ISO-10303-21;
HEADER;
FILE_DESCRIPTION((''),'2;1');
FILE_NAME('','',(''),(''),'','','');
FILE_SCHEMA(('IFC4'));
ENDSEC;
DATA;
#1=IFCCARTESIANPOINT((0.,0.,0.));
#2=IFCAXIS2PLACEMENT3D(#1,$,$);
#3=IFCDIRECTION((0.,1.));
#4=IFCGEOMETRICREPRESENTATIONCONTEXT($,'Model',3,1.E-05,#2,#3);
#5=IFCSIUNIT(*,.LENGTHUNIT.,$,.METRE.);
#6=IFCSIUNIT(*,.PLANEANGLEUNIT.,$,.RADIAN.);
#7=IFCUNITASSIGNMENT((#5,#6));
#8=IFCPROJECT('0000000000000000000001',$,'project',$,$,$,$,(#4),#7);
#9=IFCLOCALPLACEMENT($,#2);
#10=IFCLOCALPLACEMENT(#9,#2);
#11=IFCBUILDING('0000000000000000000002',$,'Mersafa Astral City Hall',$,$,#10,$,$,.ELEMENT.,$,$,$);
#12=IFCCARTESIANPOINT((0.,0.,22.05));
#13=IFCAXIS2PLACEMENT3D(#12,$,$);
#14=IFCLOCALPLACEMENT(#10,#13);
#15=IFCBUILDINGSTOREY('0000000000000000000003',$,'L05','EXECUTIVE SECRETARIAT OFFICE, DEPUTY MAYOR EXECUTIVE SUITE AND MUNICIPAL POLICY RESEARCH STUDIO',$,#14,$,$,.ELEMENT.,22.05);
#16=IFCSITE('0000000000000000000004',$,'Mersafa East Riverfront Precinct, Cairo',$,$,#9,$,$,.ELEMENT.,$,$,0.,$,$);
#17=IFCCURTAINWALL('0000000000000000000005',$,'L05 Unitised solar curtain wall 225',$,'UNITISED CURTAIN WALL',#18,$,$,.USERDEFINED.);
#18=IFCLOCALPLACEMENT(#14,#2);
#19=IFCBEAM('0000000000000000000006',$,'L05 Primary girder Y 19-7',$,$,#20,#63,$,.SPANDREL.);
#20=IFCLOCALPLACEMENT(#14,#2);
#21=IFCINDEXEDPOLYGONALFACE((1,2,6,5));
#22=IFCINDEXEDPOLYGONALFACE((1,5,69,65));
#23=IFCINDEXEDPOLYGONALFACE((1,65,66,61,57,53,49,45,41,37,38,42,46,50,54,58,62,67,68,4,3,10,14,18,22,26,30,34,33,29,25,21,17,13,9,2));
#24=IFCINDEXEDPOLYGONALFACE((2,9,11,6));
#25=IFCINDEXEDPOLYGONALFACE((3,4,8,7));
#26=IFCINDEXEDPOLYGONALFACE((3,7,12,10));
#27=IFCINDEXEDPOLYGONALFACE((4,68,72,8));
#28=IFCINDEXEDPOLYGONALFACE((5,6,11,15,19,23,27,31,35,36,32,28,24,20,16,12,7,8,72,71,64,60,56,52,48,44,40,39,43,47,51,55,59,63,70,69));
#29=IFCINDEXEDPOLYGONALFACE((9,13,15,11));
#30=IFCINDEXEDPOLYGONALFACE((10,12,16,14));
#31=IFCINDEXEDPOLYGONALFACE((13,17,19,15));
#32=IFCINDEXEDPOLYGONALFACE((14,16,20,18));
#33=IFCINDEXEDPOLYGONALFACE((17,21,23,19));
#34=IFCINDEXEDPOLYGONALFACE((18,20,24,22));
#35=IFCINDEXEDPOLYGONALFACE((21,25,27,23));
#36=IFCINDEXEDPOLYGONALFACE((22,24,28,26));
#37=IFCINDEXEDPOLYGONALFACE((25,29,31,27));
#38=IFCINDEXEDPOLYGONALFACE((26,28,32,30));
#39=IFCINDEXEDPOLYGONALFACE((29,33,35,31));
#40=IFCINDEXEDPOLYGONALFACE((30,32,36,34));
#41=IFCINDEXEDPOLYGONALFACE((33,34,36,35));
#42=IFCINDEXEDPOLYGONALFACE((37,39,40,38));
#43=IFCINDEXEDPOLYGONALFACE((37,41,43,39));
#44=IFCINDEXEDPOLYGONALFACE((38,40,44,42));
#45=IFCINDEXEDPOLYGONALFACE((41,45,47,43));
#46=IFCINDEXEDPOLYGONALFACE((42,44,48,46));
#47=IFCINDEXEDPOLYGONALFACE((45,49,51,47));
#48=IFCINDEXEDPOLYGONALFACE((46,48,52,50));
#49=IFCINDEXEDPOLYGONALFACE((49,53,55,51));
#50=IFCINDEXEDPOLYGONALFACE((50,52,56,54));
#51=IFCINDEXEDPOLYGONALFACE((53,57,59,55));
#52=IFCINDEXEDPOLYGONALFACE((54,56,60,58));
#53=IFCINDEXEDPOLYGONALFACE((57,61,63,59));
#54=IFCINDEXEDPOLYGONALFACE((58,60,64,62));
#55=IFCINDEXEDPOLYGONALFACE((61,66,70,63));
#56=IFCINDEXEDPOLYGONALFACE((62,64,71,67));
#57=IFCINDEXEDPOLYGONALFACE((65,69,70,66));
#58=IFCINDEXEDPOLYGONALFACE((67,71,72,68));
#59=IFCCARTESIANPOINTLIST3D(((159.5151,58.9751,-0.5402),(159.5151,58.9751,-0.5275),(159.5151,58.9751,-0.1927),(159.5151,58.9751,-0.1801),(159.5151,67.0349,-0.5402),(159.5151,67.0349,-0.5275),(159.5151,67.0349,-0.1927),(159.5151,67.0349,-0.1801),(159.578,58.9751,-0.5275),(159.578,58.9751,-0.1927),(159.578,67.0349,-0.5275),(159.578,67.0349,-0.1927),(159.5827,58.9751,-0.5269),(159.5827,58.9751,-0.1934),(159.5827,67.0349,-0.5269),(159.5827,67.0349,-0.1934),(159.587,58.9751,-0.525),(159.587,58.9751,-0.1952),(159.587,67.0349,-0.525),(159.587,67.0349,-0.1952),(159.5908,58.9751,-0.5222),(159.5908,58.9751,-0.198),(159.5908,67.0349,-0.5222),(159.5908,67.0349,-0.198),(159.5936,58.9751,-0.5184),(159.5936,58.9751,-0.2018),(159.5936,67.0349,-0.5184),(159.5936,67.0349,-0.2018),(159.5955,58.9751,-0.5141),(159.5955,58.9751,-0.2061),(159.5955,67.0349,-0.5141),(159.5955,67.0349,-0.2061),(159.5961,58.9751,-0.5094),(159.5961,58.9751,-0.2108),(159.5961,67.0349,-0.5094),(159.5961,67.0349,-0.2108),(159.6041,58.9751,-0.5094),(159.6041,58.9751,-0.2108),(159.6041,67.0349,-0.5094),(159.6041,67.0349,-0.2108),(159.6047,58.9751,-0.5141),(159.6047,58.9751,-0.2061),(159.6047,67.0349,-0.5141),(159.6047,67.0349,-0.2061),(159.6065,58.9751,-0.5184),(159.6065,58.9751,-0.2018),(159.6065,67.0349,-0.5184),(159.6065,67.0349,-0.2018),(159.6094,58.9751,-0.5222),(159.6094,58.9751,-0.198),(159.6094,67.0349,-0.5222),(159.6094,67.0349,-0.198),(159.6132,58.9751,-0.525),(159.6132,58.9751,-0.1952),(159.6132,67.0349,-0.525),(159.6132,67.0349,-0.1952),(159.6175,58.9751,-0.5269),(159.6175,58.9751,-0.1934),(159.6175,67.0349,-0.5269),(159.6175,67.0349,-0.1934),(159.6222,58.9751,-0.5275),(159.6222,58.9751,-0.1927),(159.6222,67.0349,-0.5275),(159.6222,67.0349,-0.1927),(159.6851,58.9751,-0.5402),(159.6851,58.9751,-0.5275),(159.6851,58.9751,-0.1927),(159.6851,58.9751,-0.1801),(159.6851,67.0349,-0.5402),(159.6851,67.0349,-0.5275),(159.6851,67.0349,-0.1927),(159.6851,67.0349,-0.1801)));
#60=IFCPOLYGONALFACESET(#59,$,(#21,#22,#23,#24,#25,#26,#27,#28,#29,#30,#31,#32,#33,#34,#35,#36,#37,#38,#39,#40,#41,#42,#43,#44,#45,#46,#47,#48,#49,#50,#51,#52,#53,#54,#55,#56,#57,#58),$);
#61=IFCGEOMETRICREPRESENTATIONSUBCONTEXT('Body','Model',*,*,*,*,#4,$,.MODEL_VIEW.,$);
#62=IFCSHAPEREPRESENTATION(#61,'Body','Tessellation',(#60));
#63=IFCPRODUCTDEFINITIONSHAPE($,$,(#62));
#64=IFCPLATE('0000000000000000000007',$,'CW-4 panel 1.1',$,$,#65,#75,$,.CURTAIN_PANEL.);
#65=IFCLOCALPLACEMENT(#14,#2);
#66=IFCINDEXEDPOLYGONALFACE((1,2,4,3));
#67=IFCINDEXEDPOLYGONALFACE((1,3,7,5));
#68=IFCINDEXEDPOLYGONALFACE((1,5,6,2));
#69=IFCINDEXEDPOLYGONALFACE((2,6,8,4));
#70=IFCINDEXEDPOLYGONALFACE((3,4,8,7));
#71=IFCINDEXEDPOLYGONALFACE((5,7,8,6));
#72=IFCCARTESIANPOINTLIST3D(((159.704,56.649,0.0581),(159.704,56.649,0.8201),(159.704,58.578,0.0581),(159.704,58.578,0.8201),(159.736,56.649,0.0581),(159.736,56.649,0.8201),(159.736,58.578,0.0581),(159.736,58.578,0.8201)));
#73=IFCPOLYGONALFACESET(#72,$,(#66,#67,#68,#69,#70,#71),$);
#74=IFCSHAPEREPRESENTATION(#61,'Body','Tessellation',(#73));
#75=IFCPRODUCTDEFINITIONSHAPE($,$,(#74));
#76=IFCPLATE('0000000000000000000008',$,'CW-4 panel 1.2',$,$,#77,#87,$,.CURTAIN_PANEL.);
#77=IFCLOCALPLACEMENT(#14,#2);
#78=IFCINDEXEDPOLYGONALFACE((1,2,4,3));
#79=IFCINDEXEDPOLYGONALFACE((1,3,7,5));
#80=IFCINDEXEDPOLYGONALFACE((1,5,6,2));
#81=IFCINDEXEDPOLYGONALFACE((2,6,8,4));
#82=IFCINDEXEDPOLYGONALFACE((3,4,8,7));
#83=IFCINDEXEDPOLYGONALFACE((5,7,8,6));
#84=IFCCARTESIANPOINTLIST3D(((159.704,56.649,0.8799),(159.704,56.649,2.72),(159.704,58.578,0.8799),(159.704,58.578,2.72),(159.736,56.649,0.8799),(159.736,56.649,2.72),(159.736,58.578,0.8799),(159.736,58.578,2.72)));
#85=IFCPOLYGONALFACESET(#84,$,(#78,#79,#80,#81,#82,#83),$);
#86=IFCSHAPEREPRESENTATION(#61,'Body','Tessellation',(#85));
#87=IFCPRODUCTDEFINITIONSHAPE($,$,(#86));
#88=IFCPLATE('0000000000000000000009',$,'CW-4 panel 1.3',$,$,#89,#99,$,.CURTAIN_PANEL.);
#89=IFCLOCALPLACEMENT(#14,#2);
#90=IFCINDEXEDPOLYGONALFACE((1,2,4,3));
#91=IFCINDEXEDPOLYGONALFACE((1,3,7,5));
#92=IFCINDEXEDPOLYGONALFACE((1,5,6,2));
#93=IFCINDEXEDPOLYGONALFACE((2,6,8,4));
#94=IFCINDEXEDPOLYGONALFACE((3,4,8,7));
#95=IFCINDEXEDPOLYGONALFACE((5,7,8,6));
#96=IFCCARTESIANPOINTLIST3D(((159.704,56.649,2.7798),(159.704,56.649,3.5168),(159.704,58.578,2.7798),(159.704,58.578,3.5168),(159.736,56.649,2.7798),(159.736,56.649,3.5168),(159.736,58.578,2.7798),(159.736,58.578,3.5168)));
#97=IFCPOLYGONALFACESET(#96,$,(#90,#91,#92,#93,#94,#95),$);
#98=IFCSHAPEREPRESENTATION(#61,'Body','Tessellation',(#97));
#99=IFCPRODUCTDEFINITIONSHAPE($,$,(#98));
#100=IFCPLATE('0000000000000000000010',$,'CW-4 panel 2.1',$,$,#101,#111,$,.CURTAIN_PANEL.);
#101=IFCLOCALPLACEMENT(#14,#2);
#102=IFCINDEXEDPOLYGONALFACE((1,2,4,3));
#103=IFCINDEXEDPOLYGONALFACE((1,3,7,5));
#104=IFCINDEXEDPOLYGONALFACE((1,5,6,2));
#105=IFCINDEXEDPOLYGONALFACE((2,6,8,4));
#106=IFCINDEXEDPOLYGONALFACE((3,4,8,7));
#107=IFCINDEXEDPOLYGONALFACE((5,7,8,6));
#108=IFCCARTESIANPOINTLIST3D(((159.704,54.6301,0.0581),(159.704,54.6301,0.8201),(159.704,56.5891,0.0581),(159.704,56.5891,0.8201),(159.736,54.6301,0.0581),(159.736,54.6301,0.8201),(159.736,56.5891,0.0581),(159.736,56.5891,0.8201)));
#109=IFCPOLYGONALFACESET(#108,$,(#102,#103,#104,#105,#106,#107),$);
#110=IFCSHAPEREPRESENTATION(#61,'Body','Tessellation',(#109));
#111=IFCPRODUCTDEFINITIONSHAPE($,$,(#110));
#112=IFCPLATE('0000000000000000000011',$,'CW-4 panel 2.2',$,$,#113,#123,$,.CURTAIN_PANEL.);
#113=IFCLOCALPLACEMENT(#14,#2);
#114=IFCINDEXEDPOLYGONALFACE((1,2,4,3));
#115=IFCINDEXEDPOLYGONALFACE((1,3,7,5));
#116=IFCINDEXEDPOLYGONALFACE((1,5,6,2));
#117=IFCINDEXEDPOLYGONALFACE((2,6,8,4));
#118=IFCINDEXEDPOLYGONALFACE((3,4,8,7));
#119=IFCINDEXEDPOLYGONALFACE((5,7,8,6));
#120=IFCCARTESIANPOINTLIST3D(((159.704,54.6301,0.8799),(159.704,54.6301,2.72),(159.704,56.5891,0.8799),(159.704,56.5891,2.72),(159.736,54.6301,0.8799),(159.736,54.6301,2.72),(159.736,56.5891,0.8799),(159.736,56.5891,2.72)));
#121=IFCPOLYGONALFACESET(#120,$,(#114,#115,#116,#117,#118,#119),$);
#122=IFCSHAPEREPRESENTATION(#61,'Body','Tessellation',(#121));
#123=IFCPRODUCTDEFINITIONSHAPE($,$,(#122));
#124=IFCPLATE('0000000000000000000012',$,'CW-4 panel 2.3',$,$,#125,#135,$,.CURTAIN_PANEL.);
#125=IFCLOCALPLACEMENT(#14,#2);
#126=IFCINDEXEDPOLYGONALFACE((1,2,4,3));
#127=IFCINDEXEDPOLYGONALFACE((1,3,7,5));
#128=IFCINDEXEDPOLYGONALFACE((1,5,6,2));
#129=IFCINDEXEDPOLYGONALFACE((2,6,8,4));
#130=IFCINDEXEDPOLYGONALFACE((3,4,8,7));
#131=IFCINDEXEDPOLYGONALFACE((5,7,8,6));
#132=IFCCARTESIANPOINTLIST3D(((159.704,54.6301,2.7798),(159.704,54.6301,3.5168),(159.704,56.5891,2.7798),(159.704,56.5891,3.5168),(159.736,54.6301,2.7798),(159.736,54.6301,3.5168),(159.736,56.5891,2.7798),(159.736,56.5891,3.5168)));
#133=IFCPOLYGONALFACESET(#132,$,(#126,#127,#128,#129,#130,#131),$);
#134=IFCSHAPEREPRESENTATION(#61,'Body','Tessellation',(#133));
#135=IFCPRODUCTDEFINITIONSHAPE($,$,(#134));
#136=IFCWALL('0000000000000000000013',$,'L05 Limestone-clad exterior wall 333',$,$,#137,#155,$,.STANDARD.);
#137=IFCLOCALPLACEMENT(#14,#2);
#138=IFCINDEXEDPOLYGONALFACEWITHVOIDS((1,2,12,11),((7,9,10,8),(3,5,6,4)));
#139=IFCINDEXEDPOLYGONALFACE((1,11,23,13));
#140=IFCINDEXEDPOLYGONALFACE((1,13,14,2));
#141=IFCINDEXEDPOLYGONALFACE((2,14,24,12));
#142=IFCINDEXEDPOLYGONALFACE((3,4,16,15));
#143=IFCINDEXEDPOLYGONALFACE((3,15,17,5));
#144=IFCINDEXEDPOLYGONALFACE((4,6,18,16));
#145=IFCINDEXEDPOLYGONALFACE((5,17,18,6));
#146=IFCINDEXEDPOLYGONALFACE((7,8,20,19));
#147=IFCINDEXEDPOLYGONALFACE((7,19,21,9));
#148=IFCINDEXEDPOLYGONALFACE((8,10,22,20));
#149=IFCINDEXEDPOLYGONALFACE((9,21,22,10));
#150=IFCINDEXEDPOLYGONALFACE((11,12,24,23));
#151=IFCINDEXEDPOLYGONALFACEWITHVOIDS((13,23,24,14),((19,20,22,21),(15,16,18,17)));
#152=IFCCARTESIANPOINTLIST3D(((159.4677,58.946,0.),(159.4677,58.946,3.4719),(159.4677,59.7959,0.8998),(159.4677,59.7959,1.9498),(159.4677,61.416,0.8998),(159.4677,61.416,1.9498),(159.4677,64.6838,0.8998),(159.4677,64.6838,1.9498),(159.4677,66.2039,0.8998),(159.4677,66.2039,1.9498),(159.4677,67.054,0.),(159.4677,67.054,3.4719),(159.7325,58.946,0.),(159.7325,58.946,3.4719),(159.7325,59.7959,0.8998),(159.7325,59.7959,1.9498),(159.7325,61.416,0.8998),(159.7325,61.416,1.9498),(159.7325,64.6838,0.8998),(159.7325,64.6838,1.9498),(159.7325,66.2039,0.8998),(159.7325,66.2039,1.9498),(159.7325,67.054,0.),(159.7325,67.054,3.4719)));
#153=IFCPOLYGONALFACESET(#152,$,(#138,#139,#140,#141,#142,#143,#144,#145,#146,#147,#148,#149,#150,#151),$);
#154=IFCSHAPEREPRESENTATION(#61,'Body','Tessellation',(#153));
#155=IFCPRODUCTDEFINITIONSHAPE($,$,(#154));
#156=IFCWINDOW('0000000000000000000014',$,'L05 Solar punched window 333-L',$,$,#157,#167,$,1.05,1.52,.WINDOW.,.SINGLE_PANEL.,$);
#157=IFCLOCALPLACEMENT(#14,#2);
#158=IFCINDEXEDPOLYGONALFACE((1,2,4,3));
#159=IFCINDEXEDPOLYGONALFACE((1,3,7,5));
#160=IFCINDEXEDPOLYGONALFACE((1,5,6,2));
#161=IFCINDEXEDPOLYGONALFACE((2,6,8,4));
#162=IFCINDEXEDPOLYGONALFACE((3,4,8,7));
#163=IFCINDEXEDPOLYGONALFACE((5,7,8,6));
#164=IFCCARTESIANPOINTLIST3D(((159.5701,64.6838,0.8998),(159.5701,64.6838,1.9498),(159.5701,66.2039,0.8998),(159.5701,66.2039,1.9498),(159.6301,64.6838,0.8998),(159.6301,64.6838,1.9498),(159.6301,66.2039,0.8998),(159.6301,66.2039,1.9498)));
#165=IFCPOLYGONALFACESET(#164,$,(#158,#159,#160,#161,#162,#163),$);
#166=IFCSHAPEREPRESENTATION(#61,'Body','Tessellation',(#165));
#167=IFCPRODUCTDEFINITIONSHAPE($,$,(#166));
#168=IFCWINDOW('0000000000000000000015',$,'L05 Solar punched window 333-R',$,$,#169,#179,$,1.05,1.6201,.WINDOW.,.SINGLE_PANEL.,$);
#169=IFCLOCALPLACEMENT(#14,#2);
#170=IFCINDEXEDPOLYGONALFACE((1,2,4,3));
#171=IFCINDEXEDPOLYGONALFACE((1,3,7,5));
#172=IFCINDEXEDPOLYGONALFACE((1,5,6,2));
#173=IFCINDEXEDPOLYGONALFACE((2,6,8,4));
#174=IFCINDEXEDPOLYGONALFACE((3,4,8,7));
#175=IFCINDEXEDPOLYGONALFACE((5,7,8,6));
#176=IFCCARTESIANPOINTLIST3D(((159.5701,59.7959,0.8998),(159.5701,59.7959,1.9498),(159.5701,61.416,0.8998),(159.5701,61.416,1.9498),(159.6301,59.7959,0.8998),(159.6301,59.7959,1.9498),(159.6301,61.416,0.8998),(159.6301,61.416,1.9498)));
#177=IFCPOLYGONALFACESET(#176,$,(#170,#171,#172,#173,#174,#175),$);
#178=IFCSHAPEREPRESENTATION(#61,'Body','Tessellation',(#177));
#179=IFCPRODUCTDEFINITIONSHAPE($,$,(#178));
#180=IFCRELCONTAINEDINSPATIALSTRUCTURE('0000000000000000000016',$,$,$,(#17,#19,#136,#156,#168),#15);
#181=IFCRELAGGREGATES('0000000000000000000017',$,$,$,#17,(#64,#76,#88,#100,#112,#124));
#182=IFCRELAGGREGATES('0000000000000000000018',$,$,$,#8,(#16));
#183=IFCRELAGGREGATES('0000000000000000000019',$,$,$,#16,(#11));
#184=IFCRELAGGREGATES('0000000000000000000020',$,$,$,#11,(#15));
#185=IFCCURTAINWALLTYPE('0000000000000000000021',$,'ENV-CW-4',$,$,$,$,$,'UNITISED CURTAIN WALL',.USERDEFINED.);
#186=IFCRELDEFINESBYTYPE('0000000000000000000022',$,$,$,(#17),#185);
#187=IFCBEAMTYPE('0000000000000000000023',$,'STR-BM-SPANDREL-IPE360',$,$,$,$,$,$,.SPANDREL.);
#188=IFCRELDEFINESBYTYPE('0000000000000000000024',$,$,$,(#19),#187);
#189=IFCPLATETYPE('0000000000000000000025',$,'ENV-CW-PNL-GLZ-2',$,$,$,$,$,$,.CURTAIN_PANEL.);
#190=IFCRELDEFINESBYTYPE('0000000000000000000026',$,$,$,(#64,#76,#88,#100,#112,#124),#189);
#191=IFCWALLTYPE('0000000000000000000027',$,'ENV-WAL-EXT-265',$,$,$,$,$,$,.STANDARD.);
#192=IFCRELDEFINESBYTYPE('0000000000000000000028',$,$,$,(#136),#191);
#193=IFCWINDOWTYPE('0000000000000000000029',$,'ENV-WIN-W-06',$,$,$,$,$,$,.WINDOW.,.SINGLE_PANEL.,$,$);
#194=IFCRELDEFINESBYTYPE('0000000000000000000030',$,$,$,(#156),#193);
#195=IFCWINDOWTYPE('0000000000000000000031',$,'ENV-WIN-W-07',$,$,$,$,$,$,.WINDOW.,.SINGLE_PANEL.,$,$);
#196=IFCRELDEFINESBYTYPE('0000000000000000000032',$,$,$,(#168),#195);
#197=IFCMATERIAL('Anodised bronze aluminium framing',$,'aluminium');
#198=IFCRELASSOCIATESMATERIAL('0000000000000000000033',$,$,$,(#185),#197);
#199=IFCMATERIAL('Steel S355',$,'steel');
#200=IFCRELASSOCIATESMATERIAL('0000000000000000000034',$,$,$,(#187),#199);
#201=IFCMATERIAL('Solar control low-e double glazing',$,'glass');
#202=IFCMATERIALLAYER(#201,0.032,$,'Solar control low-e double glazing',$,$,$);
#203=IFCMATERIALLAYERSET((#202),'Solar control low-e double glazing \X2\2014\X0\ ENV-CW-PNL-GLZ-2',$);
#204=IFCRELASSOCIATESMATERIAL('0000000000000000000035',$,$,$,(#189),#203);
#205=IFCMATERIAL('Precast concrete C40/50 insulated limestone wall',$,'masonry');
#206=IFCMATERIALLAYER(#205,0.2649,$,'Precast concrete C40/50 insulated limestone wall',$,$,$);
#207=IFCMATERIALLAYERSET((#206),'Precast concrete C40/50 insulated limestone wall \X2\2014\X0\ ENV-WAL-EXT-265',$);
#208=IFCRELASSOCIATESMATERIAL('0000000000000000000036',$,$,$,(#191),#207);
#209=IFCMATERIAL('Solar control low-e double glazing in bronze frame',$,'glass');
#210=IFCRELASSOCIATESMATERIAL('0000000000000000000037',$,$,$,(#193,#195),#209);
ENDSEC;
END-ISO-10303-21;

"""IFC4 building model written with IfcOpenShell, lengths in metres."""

from ifc_helpers import new_model, si_unit, direction, frame, frame_2d, origin, origin_2d, place, context, subcontext, project, spatial, rectangle, i_section, extrude, material, layer, layer_set, material_profile, profile_set, type_object, element, fill, aggregate, save


model = new_model("IFC4")

# Units and contexts
model_context = context("Model", 3, precision=1e-05, world=origin(), true_north=direction((0.0, 1.0)))
body_context = subcontext(model_context, "Body", "Model", "MODEL_VIEW")
ifc_project = project(units=[si_unit("LENGTHUNIT", "METRE"), si_unit("PLANEANGLEUNIT", "RADIAN")], contexts=[model_context])

# Site, building, storey
site_placement = place(None, origin())
site = spatial("IfcSite", under=ifc_project, at=site_placement, Name="Mersafa East Riverfront Precinct, Cairo", CompositionType="ELEMENT", RefElevation=0.0)
building_placement = place(site_placement, origin())
building = spatial("IfcBuilding", under=site, at=building_placement, Name="Mersafa Astral City Hall", CompositionType="ELEMENT")
storey_placement = place(building_placement, frame((0.0, 0.0, 22.05)))
storey = spatial("IfcBuildingStorey", under=building, at=storey_placement, Name="L05", Description="EXECUTIVE SECRETARIAT OFFICE, DEPUTY MAYOR EXECUTIVE SUITE AND MUNICIPAL POLICY RESEARCH STUDIO", CompositionType="ELEMENT", Elevation=22.05)

# Shared definitions
ifc_material_1 = material(Name="Steel S355", Category="steel")

# Curtain wall
ifc_material_2 = material(Name="Anodised bronze aluminium framing", Category="aluminium")
curtain_wall_type = type_object("IfcCurtainWallType", Name="ENV-CW-4", ElementType="UNITISED CURTAIN WALL", PredefinedType="USERDEFINED", material=ifc_material_2)
curtain_wall_placement = place(storey_placement, origin())
curtain_wall = element("IfcCurtainWall", 1, at=curtain_wall_placement, inside=storey, type_object=curtain_wall_type, Name="L05 Unitised solar curtain wall 225", ObjectType="UNITISED CURTAIN WALL", PredefinedType="USERDEFINED")

# Beam
ifc_material_profile_1 = material_profile(ifc_material_1, i_section(OverallWidth=0.1699, OverallDepth=0.3601, WebThickness=0.0081, FlangeThickness=0.0127, FilletRadius=0.0181, at=origin_2d()), Name="IPE 360")
ifc_profile_set_1 = profile_set([ifc_material_profile_1], Name="Steel S355")
beam_type_1 = type_object("IfcBeamType", Name="STR-BM-SPANDREL-IPE360", PredefinedType="SPANDREL", material=ifc_profile_set_1)
beam_1_placement = place(storey_placement, frame((159.6001, 58.9751, -0.3601), z_axis=(0.0, 1.0, 0.0), x_axis=(-1.0, 0.0, 0.0)))
element("IfcBeam", 2, at=beam_1_placement, inside=storey, type_object=beam_type_1, Name="L05 Primary girder Y 19-7", PredefinedType="SPANDREL", context=body_context, shape_type="SweptSolid", body=[
    extrude(i_section(OverallWidth=0.1699, OverallDepth=0.3601, WebThickness=0.0081, FlangeThickness=0.0127, FilletRadius=0.0181, at=origin_2d()), origin(), (0.0, 0.0, 1.0), 8.0598),
])

# Plates
ifc_material_3 = material(Name="Solar control low-e double glazing", Category="glass")
ifc_layer_1 = layer(ifc_material_3, 0.032, Name="Solar control low-e double glazing")
ifc_layer_set_1 = layer_set([ifc_layer_1], Name="Solar control low-e double glazing — ENV-CW-PNL-GLZ-2")
plate_type = type_object("IfcPlateType", Name="ENV-CW-PNL-GLZ-2", PredefinedType="CURTAIN_PANEL", material=ifc_layer_set_1)
plate_1_placement = place(storey_placement, frame((159.72, 57.6135, 0.0581), z_axis=(0.0, 0.0, 1.0), x_axis=(0.0, -1.0, 0.0)))
plate_1 = element("IfcPlate", 3, at=plate_1_placement, type_object=plate_type, Name="CW-4 panel 1.1", PredefinedType="CURTAIN_PANEL", context=body_context, shape_type="SweptSolid", body=[
    extrude(rectangle(XDim=1.929, YDim=0.032, at=origin_2d()), origin(), (0.0, 0.0, 1.0), 0.762),
])
plate_2_placement = place(storey_placement, frame((159.72, 57.6135, 0.8799), z_axis=(0.0, 0.0, 1.0), x_axis=(0.0, -1.0, 0.0)))
plate_2 = element("IfcPlate", 4, at=plate_2_placement, type_object=plate_type, Name="CW-4 panel 1.2", PredefinedType="CURTAIN_PANEL", context=body_context, shape_type="SweptSolid", body=[
    extrude(rectangle(XDim=1.929, YDim=0.032, at=origin_2d()), origin(), (0.0, 0.0, 1.0), 1.8401),
])
plate_3_placement = place(storey_placement, frame((159.72, 57.6135, 2.7798), z_axis=(0.0, 0.0, 1.0), x_axis=(0.0, -1.0, 0.0)))
plate_3 = element("IfcPlate", 5, at=plate_3_placement, type_object=plate_type, Name="CW-4 panel 1.3", PredefinedType="CURTAIN_PANEL", context=body_context, shape_type="SweptSolid", body=[
    extrude(rectangle(XDim=1.929, YDim=0.032, at=origin_2d()), origin(), (0.0, 0.0, 1.0), 0.7371),
])
plate_4_placement = place(storey_placement, frame((159.72, 55.6096, 0.0581), z_axis=(0.0, 0.0, 1.0), x_axis=(0.0, -1.0, 0.0)))
plate_4 = element("IfcPlate", 6, at=plate_4_placement, type_object=plate_type, Name="CW-4 panel 2.1", PredefinedType="CURTAIN_PANEL", context=body_context, shape_type="SweptSolid", body=[
    extrude(rectangle(XDim=1.959, YDim=0.032, at=origin_2d()), origin(), (0.0, 0.0, 1.0), 0.762),
])
plate_5_placement = place(storey_placement, frame((159.72, 55.6096, 0.8799), z_axis=(0.0, 0.0, 1.0), x_axis=(0.0, -1.0, 0.0)))
plate_5 = element("IfcPlate", 7, at=plate_5_placement, type_object=plate_type, Name="CW-4 panel 2.2", PredefinedType="CURTAIN_PANEL", context=body_context, shape_type="SweptSolid", body=[
    extrude(rectangle(XDim=1.959, YDim=0.032, at=origin_2d()), origin(), (0.0, 0.0, 1.0), 1.8401),
])
plate_6_placement = place(storey_placement, frame((159.72, 55.6096, 2.7798), z_axis=(0.0, 0.0, 1.0), x_axis=(0.0, -1.0, 0.0)))
plate_6 = element("IfcPlate", 8, at=plate_6_placement, type_object=plate_type, Name="CW-4 panel 2.3", PredefinedType="CURTAIN_PANEL", context=body_context, shape_type="SweptSolid", body=[
    extrude(rectangle(XDim=1.959, YDim=0.032, at=origin_2d()), origin(), (0.0, 0.0, 1.0), 0.7371),
])
aggregate(curtain_wall, [plate_1, plate_2, plate_3, plate_4, plate_5, plate_6])

# Wall, openings, windows
ifc_material_4 = material(Name="Precast concrete C40/50 insulated limestone wall", Category="masonry")
ifc_layer_2 = layer(ifc_material_4, 0.2649, Name="Precast concrete C40/50 insulated limestone wall")
ifc_layer_set_2 = layer_set([ifc_layer_2], Name="Precast concrete C40/50 insulated limestone wall — ENV-WAL-EXT-265")
wall_type = type_object("IfcWallType", Name="ENV-WAL-EXT-265", PredefinedType="STANDARD", material=ifc_layer_set_2)
wall_placement = place(storey_placement, frame((159.6001, 67.054, 0.0), z_axis=(0.0, 0.0, 1.0), x_axis=(0.0, -1.0, 0.0)))
wall = element("IfcWall", 9, at=wall_placement, inside=storey, type_object=wall_type, Name="L05 Limestone-clad exterior wall 333", PredefinedType="STANDARD", context=body_context, shape_type="SweptSolid", body=[
    extrude(rectangle(XDim=8.1079, YDim=0.2649, at=frame_2d((4.054, 0.0))), origin(), (0.0, 0.0, 1.0), 3.4719),
])
opening_1_placement = place(wall_placement, frame((0.8501, 0.0, 0.8999)))
opening_1 = element("IfcOpeningElement", 10, at=opening_1_placement, cuts=wall, PredefinedType="OPENING", context=body_context, shape_type="SweptSolid", body=[
    extrude(rectangle(XDim=1.52, YDim=1.05, at=frame_2d((0.76, 0.5249))), frame((0.0, 0.1423, 0.0), z_axis=(0.0, -1.0, 0.0), x_axis=(1.0, 0.0, 0.0)), (0.0, 0.0, 1.0), 0.2849),
])
opening_2_placement = place(wall_placement, frame((5.6379, 0.0, 0.8999)))
opening_2 = element("IfcOpeningElement", 11, at=opening_2_placement, cuts=wall, PredefinedType="OPENING", context=body_context, shape_type="SweptSolid", body=[
    extrude(rectangle(XDim=1.6201, YDim=1.05, at=frame_2d((0.8101, 0.5249))), frame((0.0, 0.1423, 0.0), z_axis=(0.0, -1.0, 0.0), x_axis=(1.0, 0.0, 0.0)), (0.0, 0.0, 1.0), 0.2849),
])
ifc_material_5 = material(Name="Solar control low-e double glazing in bronze frame", Category="glass")
window_type_1 = type_object("IfcWindowType", Name="ENV-WIN-W-06", PartitioningType="SINGLE_PANEL", PredefinedType="WINDOW", material=ifc_material_5)
window_1_placement = place(opening_1_placement, origin())
window_1 = element("IfcWindow", 12, at=window_1_placement, inside=storey, type_object=window_type_1, Name="L05 Solar punched window 333-L", OverallHeight=1.05, OverallWidth=1.52, PartitioningType="SINGLE_PANEL", PredefinedType="WINDOW", context=body_context, shape_type="SweptSolid", body=[
    extrude(rectangle(XDim=1.52, YDim=1.05, at=frame_2d((0.76, 0.5249))), frame((0.0, 0.03, 0.0), z_axis=(0.0, -1.0, 0.0), x_axis=(1.0, 0.0, 0.0)), (0.0, 0.0, 1.0), 0.0601),
])
fill(opening_1, window_1)
window_type_2 = type_object("IfcWindowType", Name="ENV-WIN-W-07", PartitioningType="SINGLE_PANEL", PredefinedType="WINDOW", material=ifc_material_5)
window_2_placement = place(opening_2_placement, origin())
window_2 = element("IfcWindow", 13, at=window_2_placement, inside=storey, type_object=window_type_2, Name="L05 Solar punched window 333-R", OverallHeight=1.05, OverallWidth=1.6201, PartitioningType="SINGLE_PANEL", PredefinedType="WINDOW", context=body_context, shape_type="SweptSolid", body=[
    extrude(rectangle(XDim=1.6201, YDim=1.05, at=frame_2d((0.8101, 0.5249))), frame((0.0, 0.03, 0.0), z_axis=(0.0, -1.0, 0.0), x_axis=(1.0, 0.0, 0.0)), (0.0, 0.0, 1.0), 0.0601),
])
fill(opening_2, window_2)

save(model, "model.ifc")
